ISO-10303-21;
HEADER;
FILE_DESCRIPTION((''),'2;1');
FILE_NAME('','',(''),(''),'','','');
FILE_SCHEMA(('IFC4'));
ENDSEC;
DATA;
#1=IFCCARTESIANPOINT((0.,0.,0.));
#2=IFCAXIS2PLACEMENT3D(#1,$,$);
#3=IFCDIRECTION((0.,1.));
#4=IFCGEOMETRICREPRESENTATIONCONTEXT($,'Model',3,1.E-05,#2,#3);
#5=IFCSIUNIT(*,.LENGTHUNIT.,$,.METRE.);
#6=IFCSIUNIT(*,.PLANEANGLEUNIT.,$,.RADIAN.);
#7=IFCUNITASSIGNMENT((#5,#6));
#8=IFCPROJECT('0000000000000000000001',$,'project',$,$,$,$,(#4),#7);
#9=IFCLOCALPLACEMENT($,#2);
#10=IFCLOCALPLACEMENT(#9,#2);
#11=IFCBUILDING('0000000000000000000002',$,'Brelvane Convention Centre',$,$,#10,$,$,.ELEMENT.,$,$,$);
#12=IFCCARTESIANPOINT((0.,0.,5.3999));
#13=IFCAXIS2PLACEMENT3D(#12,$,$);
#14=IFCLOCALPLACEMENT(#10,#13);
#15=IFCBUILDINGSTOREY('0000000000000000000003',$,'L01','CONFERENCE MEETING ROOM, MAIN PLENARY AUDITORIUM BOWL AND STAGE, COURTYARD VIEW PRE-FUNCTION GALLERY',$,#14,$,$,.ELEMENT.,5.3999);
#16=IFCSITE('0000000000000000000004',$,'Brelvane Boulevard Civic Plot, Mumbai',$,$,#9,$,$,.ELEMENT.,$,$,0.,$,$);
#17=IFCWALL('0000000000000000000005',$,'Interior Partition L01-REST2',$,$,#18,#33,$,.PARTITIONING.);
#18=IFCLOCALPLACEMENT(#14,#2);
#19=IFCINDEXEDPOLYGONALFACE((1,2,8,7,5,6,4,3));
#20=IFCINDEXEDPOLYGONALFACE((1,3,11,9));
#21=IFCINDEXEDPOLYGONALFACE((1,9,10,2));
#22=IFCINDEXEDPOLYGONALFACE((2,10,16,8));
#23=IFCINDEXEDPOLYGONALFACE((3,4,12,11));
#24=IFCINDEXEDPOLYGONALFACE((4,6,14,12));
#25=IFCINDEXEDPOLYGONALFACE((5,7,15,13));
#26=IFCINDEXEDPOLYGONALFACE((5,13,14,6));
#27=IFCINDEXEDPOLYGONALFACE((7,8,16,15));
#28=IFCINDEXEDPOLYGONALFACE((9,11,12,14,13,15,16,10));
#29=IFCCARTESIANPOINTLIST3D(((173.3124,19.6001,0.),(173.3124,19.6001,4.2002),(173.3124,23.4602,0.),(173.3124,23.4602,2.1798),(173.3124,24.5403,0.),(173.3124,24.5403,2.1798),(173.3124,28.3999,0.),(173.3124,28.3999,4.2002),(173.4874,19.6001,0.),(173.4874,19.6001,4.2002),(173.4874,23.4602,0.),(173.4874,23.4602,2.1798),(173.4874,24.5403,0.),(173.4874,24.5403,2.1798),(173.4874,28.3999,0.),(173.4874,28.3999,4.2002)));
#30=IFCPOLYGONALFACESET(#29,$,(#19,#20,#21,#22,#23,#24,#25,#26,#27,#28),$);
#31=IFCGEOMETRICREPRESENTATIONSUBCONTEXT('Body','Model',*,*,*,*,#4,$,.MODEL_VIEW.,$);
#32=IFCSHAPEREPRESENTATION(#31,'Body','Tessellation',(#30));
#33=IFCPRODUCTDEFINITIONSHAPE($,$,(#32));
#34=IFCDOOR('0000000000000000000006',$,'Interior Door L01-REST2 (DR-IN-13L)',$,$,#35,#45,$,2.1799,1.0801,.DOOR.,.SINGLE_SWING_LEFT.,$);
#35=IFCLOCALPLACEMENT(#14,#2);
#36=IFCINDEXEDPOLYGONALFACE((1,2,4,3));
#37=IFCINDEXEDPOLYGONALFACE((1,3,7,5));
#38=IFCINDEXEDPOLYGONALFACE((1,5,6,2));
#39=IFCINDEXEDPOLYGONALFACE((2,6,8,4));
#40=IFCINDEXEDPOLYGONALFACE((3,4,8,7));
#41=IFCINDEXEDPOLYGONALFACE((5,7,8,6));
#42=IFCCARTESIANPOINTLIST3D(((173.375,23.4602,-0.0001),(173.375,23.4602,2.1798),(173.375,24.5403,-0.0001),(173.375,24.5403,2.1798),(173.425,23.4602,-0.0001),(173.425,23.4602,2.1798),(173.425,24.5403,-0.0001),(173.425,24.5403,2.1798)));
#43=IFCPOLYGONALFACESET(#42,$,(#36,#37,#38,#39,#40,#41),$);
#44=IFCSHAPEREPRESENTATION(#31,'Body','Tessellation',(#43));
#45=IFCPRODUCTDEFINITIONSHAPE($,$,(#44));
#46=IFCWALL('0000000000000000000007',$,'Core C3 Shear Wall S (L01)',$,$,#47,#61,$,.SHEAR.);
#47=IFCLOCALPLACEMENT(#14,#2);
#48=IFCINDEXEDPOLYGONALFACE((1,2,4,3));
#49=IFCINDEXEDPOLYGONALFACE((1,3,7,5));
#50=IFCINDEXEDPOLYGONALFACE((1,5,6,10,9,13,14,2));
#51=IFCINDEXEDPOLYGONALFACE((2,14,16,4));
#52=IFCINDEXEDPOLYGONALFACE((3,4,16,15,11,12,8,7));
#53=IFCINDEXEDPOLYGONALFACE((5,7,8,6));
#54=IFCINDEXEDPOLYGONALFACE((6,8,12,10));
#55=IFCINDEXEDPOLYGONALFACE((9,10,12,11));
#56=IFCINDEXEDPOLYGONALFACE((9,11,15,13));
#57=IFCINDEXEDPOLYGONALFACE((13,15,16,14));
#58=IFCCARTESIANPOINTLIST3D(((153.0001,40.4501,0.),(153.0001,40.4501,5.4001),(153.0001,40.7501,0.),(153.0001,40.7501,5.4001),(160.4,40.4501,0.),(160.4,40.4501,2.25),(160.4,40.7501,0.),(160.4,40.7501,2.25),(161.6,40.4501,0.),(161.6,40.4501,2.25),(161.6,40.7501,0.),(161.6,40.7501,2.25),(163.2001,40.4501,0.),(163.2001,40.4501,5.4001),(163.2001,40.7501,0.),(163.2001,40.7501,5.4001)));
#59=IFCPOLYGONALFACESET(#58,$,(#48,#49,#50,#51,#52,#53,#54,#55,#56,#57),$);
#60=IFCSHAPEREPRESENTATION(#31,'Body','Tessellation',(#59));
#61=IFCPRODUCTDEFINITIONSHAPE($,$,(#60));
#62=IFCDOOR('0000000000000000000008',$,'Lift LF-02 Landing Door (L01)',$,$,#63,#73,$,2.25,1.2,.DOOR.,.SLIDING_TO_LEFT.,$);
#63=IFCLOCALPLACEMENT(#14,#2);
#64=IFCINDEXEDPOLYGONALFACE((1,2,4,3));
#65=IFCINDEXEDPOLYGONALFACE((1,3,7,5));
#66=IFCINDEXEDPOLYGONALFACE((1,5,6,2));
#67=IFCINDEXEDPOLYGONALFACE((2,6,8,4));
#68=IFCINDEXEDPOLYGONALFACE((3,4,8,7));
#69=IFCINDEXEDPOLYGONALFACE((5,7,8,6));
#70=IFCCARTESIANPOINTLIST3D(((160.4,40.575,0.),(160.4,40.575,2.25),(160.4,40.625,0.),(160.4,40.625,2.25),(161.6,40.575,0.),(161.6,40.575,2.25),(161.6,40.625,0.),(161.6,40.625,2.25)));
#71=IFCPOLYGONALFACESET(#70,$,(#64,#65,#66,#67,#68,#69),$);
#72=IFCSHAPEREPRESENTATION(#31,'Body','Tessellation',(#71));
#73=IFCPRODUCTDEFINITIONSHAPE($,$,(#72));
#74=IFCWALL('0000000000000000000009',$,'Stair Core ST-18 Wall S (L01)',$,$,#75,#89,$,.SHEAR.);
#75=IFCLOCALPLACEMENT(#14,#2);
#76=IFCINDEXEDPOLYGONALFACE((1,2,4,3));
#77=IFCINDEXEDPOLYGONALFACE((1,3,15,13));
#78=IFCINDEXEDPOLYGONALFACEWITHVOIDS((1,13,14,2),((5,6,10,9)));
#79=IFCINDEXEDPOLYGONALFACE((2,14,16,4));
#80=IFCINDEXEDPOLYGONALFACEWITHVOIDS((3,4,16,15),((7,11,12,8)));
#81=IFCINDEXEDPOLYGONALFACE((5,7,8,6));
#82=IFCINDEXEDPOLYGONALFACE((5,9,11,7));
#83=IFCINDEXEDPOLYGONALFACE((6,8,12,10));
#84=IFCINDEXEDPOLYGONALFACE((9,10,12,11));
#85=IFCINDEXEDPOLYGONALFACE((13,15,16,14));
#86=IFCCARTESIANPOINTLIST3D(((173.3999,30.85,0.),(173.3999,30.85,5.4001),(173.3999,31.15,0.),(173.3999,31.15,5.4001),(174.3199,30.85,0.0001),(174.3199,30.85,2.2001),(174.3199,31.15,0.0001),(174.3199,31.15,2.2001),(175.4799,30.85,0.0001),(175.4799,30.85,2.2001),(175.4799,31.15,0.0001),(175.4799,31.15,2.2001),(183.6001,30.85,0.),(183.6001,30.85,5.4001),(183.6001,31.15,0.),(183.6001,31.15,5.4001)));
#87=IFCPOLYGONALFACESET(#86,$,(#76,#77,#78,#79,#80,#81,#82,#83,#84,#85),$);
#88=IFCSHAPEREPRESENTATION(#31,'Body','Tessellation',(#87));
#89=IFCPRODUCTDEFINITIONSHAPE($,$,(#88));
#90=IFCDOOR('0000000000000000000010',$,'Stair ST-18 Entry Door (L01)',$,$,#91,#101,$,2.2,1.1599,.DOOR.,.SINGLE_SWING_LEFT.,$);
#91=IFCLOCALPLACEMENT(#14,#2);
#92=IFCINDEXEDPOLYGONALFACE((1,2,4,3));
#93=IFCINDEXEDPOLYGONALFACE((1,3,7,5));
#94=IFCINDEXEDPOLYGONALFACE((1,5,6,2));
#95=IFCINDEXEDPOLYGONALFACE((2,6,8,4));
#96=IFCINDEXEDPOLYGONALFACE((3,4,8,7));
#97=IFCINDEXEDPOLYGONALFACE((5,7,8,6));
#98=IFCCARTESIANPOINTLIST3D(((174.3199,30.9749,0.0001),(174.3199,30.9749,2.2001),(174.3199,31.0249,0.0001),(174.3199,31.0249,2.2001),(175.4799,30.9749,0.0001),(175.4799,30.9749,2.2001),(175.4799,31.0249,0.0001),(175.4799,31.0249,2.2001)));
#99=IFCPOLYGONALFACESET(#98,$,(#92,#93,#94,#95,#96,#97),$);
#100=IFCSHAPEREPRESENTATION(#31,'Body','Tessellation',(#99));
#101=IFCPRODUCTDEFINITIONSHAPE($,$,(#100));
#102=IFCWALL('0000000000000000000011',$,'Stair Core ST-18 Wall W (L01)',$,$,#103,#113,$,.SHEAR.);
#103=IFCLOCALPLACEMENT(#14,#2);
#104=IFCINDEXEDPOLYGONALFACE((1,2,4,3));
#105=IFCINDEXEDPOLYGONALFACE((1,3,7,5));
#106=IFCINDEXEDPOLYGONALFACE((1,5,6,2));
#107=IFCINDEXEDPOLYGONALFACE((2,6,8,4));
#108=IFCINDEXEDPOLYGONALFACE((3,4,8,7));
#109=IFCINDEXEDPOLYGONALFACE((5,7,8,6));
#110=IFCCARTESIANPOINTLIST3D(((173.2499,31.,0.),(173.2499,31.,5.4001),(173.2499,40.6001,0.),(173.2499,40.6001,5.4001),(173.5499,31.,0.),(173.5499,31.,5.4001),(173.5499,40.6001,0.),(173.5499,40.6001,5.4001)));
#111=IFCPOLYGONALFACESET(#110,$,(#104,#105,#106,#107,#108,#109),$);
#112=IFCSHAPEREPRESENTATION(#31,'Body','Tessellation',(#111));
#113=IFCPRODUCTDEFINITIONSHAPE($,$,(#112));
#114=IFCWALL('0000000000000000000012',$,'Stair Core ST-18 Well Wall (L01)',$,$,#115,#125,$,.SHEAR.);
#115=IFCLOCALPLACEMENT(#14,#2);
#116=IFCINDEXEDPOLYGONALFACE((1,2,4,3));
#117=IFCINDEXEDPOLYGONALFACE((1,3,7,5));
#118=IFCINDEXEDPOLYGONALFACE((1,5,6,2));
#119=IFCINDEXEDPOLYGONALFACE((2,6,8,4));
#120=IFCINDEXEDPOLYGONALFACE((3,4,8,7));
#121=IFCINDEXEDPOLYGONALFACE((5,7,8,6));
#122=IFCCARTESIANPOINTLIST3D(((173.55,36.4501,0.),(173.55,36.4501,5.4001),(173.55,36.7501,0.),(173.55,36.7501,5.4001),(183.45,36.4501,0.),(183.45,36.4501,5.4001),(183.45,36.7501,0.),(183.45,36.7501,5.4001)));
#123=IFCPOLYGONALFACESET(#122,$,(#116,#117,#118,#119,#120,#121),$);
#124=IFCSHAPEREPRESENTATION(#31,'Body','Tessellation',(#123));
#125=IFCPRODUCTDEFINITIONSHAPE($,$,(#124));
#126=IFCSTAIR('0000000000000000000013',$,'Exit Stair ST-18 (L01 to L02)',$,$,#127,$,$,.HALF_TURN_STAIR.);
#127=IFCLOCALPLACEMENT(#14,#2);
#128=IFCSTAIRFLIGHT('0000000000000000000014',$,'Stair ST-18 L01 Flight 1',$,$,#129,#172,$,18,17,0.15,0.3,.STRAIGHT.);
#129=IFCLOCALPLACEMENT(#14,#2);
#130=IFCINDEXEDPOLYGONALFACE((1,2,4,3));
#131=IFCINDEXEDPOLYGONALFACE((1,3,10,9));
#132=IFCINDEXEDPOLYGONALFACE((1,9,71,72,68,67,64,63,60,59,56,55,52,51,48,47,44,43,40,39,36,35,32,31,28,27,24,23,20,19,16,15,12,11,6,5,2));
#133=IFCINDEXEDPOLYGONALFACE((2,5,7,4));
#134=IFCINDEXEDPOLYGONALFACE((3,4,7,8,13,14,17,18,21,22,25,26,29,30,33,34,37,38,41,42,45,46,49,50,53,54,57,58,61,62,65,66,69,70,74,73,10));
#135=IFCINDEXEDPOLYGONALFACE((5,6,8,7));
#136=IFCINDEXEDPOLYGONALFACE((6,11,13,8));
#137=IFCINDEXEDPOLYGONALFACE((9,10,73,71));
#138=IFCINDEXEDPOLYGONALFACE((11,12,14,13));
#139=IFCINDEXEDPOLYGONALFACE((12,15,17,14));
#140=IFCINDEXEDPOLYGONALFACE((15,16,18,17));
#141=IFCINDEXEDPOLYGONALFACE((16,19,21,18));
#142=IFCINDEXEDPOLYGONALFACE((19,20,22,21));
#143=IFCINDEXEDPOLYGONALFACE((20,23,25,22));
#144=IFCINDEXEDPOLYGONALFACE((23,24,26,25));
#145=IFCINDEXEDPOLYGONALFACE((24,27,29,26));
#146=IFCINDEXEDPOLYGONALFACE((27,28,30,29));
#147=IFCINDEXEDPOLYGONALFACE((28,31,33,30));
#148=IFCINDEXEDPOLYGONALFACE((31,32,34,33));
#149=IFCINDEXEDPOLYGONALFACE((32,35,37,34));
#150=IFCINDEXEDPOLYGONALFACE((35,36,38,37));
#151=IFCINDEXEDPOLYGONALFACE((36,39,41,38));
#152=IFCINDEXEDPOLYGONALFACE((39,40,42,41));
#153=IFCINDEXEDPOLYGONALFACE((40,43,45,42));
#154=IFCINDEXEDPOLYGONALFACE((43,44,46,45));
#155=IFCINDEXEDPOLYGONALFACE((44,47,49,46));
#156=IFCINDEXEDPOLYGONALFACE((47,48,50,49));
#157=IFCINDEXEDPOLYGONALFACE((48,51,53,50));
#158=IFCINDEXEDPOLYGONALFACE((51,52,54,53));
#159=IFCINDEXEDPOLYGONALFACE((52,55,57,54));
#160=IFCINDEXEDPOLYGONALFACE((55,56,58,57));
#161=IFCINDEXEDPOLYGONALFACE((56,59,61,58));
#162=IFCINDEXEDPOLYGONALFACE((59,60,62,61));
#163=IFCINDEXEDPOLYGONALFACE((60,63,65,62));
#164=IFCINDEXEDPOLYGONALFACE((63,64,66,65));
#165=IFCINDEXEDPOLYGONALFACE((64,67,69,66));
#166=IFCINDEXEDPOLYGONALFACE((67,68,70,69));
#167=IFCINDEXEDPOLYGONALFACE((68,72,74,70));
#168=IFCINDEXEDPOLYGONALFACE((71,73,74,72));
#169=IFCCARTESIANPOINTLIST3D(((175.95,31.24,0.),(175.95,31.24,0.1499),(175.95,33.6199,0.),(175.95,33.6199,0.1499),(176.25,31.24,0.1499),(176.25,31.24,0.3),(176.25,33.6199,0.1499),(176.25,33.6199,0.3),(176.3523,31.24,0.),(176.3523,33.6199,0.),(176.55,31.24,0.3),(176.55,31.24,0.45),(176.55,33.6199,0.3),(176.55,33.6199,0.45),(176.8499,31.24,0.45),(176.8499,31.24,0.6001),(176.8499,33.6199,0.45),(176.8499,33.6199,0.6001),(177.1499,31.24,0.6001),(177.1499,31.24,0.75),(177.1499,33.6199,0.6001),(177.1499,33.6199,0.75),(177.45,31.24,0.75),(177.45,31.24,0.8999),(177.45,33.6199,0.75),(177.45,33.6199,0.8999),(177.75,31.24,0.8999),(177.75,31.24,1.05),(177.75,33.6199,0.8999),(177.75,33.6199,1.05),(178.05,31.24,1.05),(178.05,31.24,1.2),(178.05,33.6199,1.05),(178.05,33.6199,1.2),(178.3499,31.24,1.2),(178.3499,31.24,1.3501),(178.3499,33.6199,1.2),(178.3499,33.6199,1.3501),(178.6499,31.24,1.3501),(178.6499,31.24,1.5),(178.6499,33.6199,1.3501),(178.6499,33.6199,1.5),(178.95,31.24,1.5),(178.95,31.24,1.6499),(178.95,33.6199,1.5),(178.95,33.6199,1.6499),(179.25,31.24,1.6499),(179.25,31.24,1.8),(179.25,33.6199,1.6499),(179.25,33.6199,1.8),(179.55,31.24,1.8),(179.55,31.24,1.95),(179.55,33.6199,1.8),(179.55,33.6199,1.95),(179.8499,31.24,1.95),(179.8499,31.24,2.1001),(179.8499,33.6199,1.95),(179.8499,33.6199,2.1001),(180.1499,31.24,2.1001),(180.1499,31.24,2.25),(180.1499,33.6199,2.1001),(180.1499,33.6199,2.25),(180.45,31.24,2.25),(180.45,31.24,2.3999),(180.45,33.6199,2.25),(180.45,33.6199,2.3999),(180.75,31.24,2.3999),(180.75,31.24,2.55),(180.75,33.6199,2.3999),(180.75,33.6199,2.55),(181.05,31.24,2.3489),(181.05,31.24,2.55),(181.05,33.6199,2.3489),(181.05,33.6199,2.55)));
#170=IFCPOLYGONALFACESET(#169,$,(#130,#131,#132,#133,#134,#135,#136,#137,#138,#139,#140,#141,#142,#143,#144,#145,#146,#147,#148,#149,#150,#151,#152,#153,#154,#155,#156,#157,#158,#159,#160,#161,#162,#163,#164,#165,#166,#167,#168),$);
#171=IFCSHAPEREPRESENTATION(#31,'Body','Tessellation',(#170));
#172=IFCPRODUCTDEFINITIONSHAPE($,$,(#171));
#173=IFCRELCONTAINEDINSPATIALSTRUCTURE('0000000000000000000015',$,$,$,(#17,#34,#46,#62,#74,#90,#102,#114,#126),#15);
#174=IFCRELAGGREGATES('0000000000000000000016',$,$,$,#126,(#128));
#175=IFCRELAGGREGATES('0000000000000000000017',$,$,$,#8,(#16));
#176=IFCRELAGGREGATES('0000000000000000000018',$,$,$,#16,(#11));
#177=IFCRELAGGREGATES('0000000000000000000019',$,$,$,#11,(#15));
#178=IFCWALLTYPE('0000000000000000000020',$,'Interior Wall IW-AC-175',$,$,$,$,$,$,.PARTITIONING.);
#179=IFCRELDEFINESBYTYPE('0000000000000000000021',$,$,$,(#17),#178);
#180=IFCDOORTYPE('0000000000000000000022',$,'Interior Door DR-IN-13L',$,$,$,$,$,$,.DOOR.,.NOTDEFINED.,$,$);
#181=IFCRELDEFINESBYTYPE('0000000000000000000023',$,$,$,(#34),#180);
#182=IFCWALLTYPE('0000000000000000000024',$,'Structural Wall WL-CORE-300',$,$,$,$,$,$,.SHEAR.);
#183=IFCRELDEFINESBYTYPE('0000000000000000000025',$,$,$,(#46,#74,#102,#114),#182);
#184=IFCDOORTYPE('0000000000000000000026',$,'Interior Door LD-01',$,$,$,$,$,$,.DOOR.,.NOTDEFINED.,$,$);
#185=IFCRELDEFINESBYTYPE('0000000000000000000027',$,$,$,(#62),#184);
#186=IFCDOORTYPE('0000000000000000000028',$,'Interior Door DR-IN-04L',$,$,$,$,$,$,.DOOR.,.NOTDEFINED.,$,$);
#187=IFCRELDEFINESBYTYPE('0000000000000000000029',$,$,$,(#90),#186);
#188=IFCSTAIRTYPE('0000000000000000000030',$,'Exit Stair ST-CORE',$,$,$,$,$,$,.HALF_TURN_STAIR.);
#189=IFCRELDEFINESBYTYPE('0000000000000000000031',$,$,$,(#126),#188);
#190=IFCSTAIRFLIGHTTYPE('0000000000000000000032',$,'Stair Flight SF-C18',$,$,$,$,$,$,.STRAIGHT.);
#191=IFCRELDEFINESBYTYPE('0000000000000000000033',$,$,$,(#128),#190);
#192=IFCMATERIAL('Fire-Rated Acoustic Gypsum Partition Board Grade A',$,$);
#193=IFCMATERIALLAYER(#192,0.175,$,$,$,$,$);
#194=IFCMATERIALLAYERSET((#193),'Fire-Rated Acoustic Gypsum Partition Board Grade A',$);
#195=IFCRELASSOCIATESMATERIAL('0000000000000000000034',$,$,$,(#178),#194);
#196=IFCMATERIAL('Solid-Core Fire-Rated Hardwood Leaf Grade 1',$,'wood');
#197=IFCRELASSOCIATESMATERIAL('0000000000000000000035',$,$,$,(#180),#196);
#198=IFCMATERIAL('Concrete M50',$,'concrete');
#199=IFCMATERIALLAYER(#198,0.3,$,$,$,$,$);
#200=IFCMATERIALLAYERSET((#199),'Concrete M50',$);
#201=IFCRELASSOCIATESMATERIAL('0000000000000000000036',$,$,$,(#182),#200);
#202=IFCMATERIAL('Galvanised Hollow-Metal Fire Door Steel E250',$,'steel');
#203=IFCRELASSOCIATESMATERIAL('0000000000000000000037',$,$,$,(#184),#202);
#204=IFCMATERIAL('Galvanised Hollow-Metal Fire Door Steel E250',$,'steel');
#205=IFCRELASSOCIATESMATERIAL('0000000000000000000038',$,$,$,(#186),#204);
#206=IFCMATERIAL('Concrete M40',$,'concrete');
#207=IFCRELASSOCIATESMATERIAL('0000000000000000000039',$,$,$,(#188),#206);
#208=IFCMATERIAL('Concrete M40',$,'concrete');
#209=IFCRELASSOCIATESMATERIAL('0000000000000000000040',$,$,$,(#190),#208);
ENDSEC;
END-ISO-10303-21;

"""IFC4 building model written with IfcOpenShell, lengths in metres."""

from ifc_helpers import new_model, si_unit, direction, frame, frame_2d, origin, place, context, subcontext, project, spatial, polyline, rectangle, outline, extrude, material, layer, layer_set, type_object, element, fill, aggregate, save


model = new_model("IFC4")

# Units and contexts
model_context = context("Model", 3, precision=1e-05, world=origin(), true_north=direction((0.0, 1.0)))
body_context = subcontext(model_context, "Body", "Model", "MODEL_VIEW")
ifc_project = project(units=[si_unit("LENGTHUNIT", "METRE"), si_unit("PLANEANGLEUNIT", "RADIAN")], contexts=[model_context])

# Site, building, storey
site_placement = place(None, origin())
site = spatial("IfcSite", under=ifc_project, at=site_placement, Name="Brelvane Boulevard Civic Plot, Mumbai", CompositionType="ELEMENT", RefElevation=0.0)
building_placement = place(site_placement, origin())
building = spatial("IfcBuilding", under=site, at=building_placement, Name="Brelvane Convention Centre", CompositionType="ELEMENT")
storey_placement = place(building_placement, frame((0.0, 0.0, 5.3999)))
storey = spatial("IfcBuildingStorey", under=building, at=storey_placement, Name="L01", Description="CONFERENCE MEETING ROOM, MAIN PLENARY AUDITORIUM BOWL AND STAGE, COURTYARD VIEW PRE-FUNCTION GALLERY", CompositionType="ELEMENT", Elevation=5.3999)

# Walls, openings, doors
ifc_material_1 = material(Name="Fire-Rated Acoustic Gypsum Partition Board Grade A")
ifc_layer_1 = layer(ifc_material_1, 0.175)
ifc_layer_set_1 = layer_set([ifc_layer_1], Name="Fire-Rated Acoustic Gypsum Partition Board Grade A")
wall_type_1 = type_object("IfcWallType", Name="Interior Wall IW-AC-175", PredefinedType="PARTITIONING", material=ifc_layer_set_1)
wall_1_placement = place(storey_placement, frame((173.3999, 19.6001, 0.0), z_axis=(0.0, 0.0, 1.0), x_axis=(0.0, 1.0, 0.0)))
wall_1 = element("IfcWall", 1, at=wall_1_placement, inside=storey, type_object=wall_type_1, Name="Interior Partition L01-REST2", PredefinedType="PARTITIONING", context=body_context, shape_type="SweptSolid", body=[
    extrude(rectangle(XDim=8.7998, YDim=0.175, at=frame_2d((4.3999, 0.0))), origin(), (0.0, 0.0, 1.0), 4.2002),
])
opening_1_placement = place(wall_1_placement, frame((3.8601, 0.0, 0.0)))
opening_1 = element("IfcOpeningElement", 2, at=opening_1_placement, cuts=wall_1, PredefinedType="OPENING", context=body_context, shape_type="SweptSolid", body=[
    extrude(rectangle(XDim=1.0801, YDim=2.1799, at=frame_2d((0.54, 1.0898))), frame((0.0, 0.0974, 0.0), z_axis=(0.0, -1.0, 0.0), x_axis=(1.0, 0.0, 0.0)), (0.0, 0.0, 1.0), 0.1951),
])
ifc_material_2 = material(Name="Solid-Core Fire-Rated Hardwood Leaf Grade 1", Category="wood")
door_type_1 = type_object("IfcDoorType", Name="Interior Door DR-IN-13L", OperationType="NOTDEFINED", PredefinedType="DOOR", material=ifc_material_2)
door_1_placement = place(opening_1_placement, origin())
door_1 = element("IfcDoor", 3, at=door_1_placement, inside=storey, type_object=door_type_1, Name="Interior Door L01-REST2 (DR-IN-13L)", OperationType="SINGLE_SWING_LEFT", OverallHeight=2.1799, OverallWidth=1.0801, PredefinedType="DOOR", context=body_context, shape_type="SweptSolid", body=[
    extrude(rectangle(XDim=1.0801, YDim=2.1799, at=frame_2d((0.54, 1.0898))), frame((0.0, 0.0249, 0.0), z_axis=(0.0, -1.0, 0.0), x_axis=(1.0, 0.0, 0.0)), (0.0, 0.0, 1.0), 0.05),
])
fill(opening_1, door_1)
ifc_material_3 = material(Name="Concrete M50", Category="concrete")
ifc_layer_2 = layer(ifc_material_3, 0.3)
ifc_layer_set_2 = layer_set([ifc_layer_2], Name="Concrete M50")
wall_type_2 = type_object("IfcWallType", Name="Structural Wall WL-CORE-300", PredefinedType="SHEAR", material=ifc_layer_set_2)
wall_2_placement = place(storey_placement, frame((153.0, 40.6001, 0.0), z_axis=(0.0, 0.0, 1.0), x_axis=(1.0, 0.0, 0.0)))
wall_2 = element("IfcWall", 4, at=wall_2_placement, inside=storey, type_object=wall_type_2, Name="Core C3 Shear Wall S (L01)", PredefinedType="SHEAR", context=body_context, shape_type="SweptSolid", body=[
    extrude(rectangle(XDim=10.2, YDim=0.3, at=frame_2d((5.1001, 0.0))), origin(), (0.0, 0.0, 1.0), 5.4001),
])
opening_2_placement = place(wall_2_placement, frame((7.3999, 0.0, 0.0)))
opening_2 = element("IfcOpeningElement", 5, at=opening_2_placement, cuts=wall_2, PredefinedType="OPENING", context=body_context, shape_type="SweptSolid", body=[
    extrude(rectangle(XDim=1.2, YDim=2.25, at=frame_2d((0.6001, 1.125))), frame((0.0, 0.1599, 0.0), z_axis=(0.0, -1.0, 0.0), x_axis=(1.0, 0.0, 0.0)), (0.0, 0.0, 1.0), 0.3201),
])
ifc_material_4 = material(Name="Galvanised Hollow-Metal Fire Door Steel E250", Category="steel")
door_type_2 = type_object("IfcDoorType", Name="Interior Door LD-01", OperationType="NOTDEFINED", PredefinedType="DOOR", material=ifc_material_4)
door_2_placement = place(opening_2_placement, origin())
door_2 = element("IfcDoor", 6, at=door_2_placement, inside=storey, type_object=door_type_2, Name="Lift LF-02 Landing Door (L01)", OperationType="SLIDING_TO_LEFT", OverallHeight=2.25, OverallWidth=1.2, PredefinedType="DOOR", context=body_context, shape_type="SweptSolid", body=[
    extrude(rectangle(XDim=1.2, YDim=2.25, at=frame_2d((0.6001, 1.125))), frame((0.0, 0.0249, 0.0), z_axis=(0.0, -1.0, 0.0), x_axis=(1.0, 0.0, 0.0)), (0.0, 0.0, 1.0), 0.05),
])
fill(opening_2, door_2)
wall_3_placement = place(storey_placement, frame((173.3999, 31.0, 0.0), z_axis=(0.0, 0.0, 1.0), x_axis=(1.0, 0.0, 0.0)))
wall_3 = element("IfcWall", 7, at=wall_3_placement, inside=storey, type_object=wall_type_2, Name="Stair Core ST-18 Wall S (L01)", PredefinedType="SHEAR", context=body_context, shape_type="SweptSolid", body=[
    extrude(rectangle(XDim=10.2002, YDim=0.3, at=frame_2d((5.1001, 0.0))), origin(), (0.0, 0.0, 1.0), 5.4001),
])
opening_3_placement = place(wall_3_placement, frame((0.9199, 0.0, 0.0)))
opening_3 = element("IfcOpeningElement", 8, at=opening_3_placement, cuts=wall_3, PredefinedType="OPENING", context=body_context, shape_type="SweptSolid", body=[
    extrude(rectangle(XDim=1.1599, YDim=2.2, at=frame_2d((0.5801, 1.1001))), frame((0.0, 0.1599, 0.0), z_axis=(0.0, -1.0, 0.0), x_axis=(1.0, 0.0, 0.0)), (0.0, 0.0, 1.0), 0.3201),
])
ifc_material_5 = material(Name="Galvanised Hollow-Metal Fire Door Steel E250", Category="steel")
door_type_3 = type_object("IfcDoorType", Name="Interior Door DR-IN-04L", OperationType="NOTDEFINED", PredefinedType="DOOR", material=ifc_material_5)
door_3_placement = place(opening_3_placement, origin())
door_3 = element("IfcDoor", 9, at=door_3_placement, inside=storey, type_object=door_type_3, Name="Stair ST-18 Entry Door (L01)", OperationType="SINGLE_SWING_LEFT", OverallHeight=2.2, OverallWidth=1.1599, PredefinedType="DOOR", context=body_context, shape_type="SweptSolid", body=[
    extrude(rectangle(XDim=1.1599, YDim=2.2, at=frame_2d((0.5801, 1.1001))), frame((0.0, 0.0249, 0.0), z_axis=(0.0, -1.0, 0.0), x_axis=(1.0, 0.0, 0.0)), (0.0, 0.0, 1.0), 0.05),
])
fill(opening_3, door_3)

# Walls
wall_4_placement = place(storey_placement, frame((173.3999, 31.0, 0.0), z_axis=(0.0, 0.0, 1.0), x_axis=(0.0, 1.0, 0.0)))
element("IfcWall", 10, at=wall_4_placement, inside=storey, type_object=wall_type_2, Name="Stair Core ST-18 Wall W (L01)", PredefinedType="SHEAR", context=body_context, shape_type="SweptSolid", body=[
    extrude(rectangle(XDim=9.6001, YDim=0.3, at=frame_2d((4.8, 0.0))), origin(), (0.0, 0.0, 1.0), 5.4001),
])
wall_5_placement = place(storey_placement, frame((173.55, 36.6001, 0.0), z_axis=(0.0, 0.0, 1.0), x_axis=(1.0, 0.0, 0.0)))
element("IfcWall", 11, at=wall_5_placement, inside=storey, type_object=wall_type_2, Name="Stair Core ST-18 Well Wall (L01)", PredefinedType="SHEAR", context=body_context, shape_type="SweptSolid", body=[
    extrude(rectangle(XDim=9.8999, YDim=0.3, at=frame_2d((4.95, 0.0))), origin(), (0.0, 0.0, 1.0), 5.4001),
])

# Stair, stair flight
ifc_material_6 = material(Name="Concrete M40", Category="concrete")
stair_type = type_object("IfcStairType", Name="Exit Stair ST-CORE", PredefinedType="HALF_TURN_STAIR", material=ifc_material_6)
stair_placement = place(storey_placement, origin())
stair = element("IfcStair", 12, at=stair_placement, inside=storey, type_object=stair_type, Name="Exit Stair ST-18 (L01 to L02)", PredefinedType="HALF_TURN_STAIR")
ifc_material_7 = material(Name="Concrete M40", Category="concrete")
stair_flight_type = type_object("IfcStairFlightType", Name="Stair Flight SF-C18", PredefinedType="STRAIGHT", material=ifc_material_7)
stair_flight_placement = place(storey_placement, frame((175.95, 32.4299, 0.0), z_axis=(0.0, 0.0, 1.0), x_axis=(1.0, 0.0, 0.0)))
stair_flight = element("IfcStairFlight", 13, at=stair_flight_placement, type_object=stair_flight_type, Name="Stair ST-18 L01 Flight 1", NumberOfRisers=18, NumberOfTreads=17, PredefinedType="STRAIGHT", RiserHeight=0.15, TreadLength=0.3, context=body_context, shape_type="SweptSolid", body=[
    extrude(outline(polyline([(0.0, 0.0), (0.0, 0.1499), (0.3, 0.1499), (0.3, 0.3), (0.6001, 0.3), (0.6001, 0.45), (0.8999, 0.45), (0.8999, 0.6001), (1.2, 0.6001), (1.2, 0.75), (1.5, 0.75), (1.5, 0.8999), (1.8, 0.8999), (1.8, 1.05), (2.1001, 1.05), (2.1001, 1.2), (2.3999, 1.2), (2.3999, 1.3501), (2.7, 1.3501), (2.7, 1.5), (3.0, 1.5), (3.0, 1.6499), (3.3, 1.6499), (3.3, 1.8), (3.6001, 1.8), (3.6001, 1.95), (3.8999, 1.95), (3.8999, 2.1001), (4.2, 2.1001), (4.2, 2.25), (4.5, 2.25), (4.5, 2.3999), (4.8, 2.3999), (4.8, 2.55), (5.1001, 2.55), (5.1001, 2.7), (5.1001, 2.3489), (0.4023, 0.0), (0.0, 0.0)])), frame((0.0, 1.1899, 0.0), z_axis=(0.0, -1.0, 0.0), x_axis=(1.0, 0.0, 0.0)), (0.0, 0.0, 1.0), 2.3799),
])
aggregate(stair, [stair_flight])

save(model, "model.ifc")
